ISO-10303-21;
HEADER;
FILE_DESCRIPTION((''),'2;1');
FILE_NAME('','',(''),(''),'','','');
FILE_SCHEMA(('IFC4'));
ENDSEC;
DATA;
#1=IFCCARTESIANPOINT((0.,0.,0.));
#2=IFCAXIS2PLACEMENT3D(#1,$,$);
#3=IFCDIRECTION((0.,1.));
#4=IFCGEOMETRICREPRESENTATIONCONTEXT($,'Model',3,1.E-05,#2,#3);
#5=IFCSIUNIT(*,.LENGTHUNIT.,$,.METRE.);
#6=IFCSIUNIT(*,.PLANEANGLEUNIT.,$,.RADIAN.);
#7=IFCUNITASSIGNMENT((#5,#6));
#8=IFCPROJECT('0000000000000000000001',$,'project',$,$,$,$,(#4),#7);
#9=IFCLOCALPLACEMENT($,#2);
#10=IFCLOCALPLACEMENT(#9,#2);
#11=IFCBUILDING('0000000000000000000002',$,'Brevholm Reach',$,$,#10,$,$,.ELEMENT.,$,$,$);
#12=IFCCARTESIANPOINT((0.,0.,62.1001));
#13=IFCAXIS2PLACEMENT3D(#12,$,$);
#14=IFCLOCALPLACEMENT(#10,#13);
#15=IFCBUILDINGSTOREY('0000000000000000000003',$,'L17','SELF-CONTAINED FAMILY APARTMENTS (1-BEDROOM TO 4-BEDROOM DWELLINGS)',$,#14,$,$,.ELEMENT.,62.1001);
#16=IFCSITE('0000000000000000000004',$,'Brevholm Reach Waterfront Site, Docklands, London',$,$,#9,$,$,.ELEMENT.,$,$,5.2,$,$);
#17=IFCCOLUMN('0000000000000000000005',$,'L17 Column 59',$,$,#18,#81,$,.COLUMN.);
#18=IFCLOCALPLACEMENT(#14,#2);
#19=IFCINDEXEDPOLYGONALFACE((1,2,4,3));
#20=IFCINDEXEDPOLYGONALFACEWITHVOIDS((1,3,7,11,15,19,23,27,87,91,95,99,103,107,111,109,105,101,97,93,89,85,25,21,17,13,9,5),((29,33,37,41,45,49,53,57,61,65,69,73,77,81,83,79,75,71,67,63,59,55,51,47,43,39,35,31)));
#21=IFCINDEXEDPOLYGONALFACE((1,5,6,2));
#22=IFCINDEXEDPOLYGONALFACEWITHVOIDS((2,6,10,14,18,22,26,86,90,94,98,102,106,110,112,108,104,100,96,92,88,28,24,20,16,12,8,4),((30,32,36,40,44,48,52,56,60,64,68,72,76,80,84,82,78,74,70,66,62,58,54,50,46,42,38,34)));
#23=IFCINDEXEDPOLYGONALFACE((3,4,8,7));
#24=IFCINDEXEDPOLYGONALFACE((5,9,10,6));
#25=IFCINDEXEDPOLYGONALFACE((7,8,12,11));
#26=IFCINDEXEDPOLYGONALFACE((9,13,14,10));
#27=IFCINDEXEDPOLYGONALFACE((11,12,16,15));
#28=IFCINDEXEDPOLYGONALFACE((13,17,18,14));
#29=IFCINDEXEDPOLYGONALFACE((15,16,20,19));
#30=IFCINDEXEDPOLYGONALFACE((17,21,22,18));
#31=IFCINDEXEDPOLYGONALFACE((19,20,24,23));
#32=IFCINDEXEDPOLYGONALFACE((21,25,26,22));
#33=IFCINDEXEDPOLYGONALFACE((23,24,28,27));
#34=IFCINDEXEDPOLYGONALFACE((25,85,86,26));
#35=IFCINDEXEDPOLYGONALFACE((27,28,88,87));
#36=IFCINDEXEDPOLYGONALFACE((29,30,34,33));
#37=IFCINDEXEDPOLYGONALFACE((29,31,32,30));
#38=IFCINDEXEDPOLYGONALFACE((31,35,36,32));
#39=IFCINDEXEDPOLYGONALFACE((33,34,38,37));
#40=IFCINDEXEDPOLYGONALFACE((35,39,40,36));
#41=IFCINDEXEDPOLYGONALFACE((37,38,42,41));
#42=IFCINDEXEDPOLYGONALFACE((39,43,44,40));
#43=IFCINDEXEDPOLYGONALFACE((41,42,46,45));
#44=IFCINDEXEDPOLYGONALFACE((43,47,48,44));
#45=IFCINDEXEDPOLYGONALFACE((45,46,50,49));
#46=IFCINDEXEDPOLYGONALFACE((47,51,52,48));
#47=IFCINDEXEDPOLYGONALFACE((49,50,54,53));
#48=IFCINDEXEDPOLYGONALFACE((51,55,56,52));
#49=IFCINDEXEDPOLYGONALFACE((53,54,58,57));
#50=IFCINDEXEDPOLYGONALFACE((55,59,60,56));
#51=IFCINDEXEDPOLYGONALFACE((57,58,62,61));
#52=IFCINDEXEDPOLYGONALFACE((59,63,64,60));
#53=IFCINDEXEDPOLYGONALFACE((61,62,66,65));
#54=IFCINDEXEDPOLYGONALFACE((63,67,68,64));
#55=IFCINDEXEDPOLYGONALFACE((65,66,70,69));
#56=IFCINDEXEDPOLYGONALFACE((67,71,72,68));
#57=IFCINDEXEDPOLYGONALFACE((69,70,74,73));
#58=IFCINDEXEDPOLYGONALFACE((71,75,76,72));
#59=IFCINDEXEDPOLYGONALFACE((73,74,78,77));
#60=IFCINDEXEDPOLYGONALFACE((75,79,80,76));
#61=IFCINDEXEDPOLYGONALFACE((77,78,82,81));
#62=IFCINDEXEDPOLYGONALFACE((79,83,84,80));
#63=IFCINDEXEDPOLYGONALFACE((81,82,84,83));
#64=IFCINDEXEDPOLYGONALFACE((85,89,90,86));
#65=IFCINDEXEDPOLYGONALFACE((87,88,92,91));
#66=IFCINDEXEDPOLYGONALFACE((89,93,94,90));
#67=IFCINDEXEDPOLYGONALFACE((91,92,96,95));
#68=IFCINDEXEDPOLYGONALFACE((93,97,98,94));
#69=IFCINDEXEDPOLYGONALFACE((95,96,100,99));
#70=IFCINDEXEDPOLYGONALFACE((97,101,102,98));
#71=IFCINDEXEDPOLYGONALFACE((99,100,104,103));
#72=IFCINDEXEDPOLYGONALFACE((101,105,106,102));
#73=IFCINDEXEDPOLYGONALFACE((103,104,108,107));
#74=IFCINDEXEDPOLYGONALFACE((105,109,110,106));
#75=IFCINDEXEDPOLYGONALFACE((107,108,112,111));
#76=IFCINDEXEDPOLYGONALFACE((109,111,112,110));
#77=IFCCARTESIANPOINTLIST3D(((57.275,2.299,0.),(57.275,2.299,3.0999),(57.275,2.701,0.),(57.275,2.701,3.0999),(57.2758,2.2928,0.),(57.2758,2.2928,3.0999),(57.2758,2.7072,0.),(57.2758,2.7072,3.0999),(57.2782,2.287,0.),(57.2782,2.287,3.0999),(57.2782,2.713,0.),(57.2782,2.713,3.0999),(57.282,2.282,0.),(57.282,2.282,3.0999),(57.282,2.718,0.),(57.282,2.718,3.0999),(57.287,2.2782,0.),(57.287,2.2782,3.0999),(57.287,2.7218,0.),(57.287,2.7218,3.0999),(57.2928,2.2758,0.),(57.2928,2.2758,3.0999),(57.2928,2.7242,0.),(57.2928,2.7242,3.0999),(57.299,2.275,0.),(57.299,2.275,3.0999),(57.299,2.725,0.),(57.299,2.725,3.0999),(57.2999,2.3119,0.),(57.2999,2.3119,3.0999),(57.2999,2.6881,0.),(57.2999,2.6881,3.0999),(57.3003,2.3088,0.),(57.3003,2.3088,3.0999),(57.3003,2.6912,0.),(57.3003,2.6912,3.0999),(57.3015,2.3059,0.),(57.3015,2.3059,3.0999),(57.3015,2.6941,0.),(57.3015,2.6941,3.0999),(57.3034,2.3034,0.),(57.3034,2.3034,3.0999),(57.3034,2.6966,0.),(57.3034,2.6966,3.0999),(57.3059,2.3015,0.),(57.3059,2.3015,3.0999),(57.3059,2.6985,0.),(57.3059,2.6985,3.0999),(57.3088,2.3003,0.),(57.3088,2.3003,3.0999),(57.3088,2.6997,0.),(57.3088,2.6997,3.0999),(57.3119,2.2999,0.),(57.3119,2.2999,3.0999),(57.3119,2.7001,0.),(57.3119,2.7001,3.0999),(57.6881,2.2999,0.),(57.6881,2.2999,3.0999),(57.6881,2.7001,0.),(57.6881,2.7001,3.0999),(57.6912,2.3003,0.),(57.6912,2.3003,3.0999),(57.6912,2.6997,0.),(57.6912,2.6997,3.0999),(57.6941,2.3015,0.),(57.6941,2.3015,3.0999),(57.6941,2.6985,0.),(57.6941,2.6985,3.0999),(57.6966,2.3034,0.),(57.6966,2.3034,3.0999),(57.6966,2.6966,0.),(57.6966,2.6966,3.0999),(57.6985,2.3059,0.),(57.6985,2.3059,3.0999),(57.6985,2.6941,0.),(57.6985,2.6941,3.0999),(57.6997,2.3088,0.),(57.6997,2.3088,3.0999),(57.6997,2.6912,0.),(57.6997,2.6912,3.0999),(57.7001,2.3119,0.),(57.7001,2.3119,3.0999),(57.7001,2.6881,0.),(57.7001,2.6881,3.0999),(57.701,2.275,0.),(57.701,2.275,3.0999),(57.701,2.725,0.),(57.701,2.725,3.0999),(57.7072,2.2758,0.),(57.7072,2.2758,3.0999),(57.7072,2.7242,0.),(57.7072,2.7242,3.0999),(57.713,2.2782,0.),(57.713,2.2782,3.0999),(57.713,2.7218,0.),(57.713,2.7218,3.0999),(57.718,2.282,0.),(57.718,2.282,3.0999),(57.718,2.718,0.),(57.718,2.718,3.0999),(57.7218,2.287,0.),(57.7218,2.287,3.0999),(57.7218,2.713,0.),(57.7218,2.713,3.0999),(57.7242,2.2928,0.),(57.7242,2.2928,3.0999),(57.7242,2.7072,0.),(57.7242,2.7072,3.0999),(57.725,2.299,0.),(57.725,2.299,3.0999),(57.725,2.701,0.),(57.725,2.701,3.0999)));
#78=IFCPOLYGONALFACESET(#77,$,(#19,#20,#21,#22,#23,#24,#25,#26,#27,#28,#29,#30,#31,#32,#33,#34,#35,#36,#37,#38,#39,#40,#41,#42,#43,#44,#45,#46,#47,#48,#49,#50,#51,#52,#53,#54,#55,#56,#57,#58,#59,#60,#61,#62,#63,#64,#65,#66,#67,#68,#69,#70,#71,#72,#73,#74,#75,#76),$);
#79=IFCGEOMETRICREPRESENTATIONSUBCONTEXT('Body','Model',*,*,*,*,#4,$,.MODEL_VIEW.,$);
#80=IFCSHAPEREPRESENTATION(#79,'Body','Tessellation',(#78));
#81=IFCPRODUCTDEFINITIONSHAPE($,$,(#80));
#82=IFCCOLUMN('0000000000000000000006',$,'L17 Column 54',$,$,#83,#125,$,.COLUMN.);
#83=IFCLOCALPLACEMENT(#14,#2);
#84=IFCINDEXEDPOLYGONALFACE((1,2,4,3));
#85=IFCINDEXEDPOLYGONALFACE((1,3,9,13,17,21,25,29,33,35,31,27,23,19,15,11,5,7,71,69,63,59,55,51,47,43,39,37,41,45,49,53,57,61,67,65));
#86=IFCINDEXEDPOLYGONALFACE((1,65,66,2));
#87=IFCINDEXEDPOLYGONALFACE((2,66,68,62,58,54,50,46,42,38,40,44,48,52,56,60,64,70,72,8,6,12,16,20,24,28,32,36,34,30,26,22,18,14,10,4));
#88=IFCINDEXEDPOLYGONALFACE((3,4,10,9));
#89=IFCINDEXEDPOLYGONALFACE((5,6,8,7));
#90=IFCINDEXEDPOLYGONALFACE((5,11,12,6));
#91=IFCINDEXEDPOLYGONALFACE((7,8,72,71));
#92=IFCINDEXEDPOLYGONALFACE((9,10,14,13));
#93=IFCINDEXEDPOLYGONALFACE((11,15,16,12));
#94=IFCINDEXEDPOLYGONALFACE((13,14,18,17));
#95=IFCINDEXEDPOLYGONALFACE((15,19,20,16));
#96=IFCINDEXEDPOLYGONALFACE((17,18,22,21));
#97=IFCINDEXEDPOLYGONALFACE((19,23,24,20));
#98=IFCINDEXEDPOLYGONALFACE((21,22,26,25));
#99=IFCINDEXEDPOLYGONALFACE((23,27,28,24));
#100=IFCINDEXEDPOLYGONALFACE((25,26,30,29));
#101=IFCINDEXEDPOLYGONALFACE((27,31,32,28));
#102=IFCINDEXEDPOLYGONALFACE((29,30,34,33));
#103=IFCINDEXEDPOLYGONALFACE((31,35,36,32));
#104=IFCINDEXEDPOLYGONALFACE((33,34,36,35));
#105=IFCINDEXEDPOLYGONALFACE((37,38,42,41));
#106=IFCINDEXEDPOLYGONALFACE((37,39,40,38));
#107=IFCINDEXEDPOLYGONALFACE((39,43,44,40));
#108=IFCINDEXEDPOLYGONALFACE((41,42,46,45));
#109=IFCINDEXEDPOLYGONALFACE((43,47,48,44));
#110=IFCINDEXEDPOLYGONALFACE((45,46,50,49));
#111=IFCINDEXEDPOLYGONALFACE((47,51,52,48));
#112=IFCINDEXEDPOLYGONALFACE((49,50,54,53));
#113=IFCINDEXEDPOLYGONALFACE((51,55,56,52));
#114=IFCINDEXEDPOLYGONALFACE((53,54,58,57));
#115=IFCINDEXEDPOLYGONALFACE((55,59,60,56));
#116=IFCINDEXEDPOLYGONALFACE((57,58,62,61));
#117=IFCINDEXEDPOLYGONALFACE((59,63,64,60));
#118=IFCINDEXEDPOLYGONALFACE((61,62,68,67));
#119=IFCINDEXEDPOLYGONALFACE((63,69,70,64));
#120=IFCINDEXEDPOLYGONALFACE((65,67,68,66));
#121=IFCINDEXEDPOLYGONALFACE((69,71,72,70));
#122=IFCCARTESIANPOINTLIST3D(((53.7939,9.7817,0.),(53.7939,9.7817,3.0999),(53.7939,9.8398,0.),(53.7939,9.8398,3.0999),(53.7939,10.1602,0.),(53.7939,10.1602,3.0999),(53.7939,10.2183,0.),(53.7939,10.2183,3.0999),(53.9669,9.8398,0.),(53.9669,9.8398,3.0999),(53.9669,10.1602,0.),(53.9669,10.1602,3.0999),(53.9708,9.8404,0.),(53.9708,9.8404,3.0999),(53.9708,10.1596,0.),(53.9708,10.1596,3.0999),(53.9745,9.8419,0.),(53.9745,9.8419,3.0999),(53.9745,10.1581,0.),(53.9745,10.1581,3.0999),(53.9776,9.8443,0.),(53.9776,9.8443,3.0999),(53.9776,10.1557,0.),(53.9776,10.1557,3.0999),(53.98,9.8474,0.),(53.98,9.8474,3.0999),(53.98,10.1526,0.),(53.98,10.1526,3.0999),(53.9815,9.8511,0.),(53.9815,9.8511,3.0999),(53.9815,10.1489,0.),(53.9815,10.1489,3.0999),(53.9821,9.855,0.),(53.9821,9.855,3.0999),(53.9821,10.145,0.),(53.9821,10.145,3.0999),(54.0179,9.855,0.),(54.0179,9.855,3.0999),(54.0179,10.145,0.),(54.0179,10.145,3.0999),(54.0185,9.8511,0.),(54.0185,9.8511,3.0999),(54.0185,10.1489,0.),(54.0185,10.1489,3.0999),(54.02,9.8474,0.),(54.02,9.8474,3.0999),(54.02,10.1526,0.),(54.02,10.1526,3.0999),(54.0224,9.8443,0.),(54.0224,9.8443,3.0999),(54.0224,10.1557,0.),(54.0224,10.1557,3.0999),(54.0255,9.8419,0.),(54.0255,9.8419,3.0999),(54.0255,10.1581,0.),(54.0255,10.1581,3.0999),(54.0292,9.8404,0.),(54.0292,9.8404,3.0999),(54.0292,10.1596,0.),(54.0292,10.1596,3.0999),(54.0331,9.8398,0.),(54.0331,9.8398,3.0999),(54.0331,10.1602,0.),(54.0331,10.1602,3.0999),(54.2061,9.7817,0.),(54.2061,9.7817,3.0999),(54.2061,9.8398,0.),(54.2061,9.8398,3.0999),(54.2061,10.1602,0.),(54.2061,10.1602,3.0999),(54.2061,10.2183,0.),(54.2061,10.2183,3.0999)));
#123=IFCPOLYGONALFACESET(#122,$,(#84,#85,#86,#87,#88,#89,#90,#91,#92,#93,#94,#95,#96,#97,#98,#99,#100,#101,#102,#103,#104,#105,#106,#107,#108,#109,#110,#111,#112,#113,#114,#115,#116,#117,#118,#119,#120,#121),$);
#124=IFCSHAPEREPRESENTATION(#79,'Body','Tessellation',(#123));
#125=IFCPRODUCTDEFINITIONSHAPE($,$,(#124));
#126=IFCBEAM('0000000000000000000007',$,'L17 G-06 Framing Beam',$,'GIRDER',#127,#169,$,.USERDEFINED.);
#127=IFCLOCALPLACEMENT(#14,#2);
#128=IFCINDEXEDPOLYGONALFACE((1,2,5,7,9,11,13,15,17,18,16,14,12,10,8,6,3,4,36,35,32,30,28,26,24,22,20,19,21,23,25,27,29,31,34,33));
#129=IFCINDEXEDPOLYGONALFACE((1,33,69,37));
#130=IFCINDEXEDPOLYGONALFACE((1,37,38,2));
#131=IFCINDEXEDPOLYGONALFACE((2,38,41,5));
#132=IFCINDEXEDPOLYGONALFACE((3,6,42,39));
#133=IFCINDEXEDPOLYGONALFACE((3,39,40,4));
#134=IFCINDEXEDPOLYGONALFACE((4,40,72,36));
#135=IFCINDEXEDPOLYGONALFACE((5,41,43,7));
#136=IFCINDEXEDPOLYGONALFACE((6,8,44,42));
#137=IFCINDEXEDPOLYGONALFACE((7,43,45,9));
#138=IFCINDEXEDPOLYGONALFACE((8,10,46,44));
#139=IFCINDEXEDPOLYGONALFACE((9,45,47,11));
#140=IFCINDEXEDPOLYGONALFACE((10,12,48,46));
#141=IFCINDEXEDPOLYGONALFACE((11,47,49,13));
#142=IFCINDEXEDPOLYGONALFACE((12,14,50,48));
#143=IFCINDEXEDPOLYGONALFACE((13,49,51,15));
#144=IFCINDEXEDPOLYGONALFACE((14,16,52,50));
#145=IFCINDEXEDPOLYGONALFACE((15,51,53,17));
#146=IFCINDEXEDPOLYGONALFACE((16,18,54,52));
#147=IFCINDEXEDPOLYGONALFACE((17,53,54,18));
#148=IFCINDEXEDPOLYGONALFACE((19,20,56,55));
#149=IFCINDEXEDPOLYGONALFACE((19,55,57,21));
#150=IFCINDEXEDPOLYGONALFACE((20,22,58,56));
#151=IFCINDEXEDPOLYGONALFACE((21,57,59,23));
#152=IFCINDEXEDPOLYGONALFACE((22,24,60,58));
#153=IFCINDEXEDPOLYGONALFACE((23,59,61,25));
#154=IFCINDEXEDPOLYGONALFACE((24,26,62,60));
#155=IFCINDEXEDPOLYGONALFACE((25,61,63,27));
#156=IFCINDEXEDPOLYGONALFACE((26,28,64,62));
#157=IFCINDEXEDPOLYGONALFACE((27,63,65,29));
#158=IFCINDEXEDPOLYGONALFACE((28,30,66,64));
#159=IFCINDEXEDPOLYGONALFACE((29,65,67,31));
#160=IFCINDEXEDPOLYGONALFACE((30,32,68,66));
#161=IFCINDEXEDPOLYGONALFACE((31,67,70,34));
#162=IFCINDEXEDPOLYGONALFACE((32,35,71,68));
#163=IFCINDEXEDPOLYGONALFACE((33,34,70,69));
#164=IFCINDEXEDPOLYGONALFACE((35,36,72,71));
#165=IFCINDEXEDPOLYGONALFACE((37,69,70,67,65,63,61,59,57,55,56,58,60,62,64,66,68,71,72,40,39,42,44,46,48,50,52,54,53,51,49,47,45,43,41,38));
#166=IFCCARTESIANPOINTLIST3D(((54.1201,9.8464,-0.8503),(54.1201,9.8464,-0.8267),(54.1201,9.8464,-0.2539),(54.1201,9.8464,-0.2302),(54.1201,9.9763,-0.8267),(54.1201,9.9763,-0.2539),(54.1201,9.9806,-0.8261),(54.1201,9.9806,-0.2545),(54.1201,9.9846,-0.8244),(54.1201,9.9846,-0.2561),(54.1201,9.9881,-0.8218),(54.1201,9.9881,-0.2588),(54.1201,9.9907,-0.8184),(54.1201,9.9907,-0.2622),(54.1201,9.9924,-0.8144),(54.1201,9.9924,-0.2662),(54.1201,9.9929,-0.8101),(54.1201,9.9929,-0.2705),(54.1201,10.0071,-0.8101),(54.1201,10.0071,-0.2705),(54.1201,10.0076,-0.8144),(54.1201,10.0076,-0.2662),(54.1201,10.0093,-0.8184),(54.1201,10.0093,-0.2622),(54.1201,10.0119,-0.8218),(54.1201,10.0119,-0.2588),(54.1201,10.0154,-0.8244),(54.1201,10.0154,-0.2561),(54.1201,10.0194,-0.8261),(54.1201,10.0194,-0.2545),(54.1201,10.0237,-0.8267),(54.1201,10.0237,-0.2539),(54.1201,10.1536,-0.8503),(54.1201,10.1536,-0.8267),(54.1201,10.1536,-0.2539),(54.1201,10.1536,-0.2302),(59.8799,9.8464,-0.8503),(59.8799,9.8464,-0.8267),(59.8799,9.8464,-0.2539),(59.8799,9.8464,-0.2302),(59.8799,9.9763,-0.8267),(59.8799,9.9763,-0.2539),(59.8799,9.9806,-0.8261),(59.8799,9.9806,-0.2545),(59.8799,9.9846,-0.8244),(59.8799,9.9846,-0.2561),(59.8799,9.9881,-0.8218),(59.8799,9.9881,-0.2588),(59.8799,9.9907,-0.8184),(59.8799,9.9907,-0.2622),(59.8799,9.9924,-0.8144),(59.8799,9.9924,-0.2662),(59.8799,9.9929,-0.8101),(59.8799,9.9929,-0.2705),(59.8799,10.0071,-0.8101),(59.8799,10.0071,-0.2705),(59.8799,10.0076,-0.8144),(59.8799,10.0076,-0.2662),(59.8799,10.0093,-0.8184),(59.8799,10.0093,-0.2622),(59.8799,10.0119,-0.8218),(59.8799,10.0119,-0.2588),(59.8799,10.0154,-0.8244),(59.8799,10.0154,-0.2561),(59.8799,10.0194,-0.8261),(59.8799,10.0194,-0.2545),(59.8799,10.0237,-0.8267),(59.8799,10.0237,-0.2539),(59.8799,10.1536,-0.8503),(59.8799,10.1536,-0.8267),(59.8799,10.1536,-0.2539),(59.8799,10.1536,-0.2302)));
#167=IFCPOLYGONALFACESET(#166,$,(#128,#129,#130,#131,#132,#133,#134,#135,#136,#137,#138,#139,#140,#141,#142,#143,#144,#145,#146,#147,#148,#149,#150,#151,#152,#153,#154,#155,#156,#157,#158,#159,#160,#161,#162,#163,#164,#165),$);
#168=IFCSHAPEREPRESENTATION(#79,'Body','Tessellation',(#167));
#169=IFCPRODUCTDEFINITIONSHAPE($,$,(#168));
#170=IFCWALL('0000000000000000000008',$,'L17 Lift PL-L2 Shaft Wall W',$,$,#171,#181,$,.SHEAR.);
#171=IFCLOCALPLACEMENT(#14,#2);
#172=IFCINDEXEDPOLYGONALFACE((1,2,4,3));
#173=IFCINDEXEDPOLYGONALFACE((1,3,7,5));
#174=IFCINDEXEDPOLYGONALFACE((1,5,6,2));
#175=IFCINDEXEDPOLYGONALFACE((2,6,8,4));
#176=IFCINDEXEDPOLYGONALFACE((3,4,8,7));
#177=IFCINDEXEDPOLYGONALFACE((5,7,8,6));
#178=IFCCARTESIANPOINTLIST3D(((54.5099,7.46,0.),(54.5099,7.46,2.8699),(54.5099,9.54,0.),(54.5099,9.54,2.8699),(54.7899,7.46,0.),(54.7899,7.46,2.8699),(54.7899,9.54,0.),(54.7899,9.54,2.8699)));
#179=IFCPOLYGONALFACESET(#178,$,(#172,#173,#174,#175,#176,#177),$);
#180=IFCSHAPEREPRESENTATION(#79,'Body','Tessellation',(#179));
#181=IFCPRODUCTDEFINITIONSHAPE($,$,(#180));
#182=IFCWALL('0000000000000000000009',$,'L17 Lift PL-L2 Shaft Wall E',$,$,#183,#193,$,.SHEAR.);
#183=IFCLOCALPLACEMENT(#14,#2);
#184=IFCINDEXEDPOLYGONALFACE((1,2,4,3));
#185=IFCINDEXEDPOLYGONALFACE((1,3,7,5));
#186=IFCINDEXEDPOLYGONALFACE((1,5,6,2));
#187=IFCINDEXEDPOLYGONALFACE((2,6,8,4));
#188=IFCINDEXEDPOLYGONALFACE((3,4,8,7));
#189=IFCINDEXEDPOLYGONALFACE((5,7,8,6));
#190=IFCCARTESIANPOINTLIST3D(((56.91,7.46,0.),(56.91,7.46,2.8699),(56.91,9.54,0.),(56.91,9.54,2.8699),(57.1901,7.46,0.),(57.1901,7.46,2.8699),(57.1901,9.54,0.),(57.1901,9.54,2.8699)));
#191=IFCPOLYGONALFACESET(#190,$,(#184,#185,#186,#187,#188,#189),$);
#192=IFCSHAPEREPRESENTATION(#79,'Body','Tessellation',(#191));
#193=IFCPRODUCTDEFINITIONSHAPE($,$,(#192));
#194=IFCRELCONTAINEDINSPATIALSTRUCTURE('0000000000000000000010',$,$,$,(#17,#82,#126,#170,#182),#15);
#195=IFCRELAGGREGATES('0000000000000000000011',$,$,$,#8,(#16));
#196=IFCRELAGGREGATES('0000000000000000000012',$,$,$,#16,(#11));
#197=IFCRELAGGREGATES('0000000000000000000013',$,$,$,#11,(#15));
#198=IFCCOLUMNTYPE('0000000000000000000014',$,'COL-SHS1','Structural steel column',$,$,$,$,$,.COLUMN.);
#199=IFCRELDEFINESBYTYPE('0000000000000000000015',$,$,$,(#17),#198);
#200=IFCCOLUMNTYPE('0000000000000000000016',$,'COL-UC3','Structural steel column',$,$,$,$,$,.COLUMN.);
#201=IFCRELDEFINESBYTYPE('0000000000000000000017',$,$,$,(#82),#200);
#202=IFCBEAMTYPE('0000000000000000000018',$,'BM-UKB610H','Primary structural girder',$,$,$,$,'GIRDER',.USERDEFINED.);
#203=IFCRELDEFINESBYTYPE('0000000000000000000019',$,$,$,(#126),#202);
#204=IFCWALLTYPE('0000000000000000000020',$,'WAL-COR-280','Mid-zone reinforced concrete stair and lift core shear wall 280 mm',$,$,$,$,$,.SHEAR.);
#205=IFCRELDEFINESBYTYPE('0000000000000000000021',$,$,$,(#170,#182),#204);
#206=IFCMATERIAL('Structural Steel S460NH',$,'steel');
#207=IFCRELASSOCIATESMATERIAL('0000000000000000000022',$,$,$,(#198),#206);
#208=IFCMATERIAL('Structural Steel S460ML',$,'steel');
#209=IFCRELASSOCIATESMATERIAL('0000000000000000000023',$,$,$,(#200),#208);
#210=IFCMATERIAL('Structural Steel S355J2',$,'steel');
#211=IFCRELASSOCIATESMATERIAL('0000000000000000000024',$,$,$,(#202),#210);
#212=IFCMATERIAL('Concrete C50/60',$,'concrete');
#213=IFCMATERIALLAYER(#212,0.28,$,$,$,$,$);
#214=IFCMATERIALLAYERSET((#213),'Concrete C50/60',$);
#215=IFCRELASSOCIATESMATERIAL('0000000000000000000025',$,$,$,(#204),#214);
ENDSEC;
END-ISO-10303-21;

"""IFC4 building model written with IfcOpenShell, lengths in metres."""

from ifc_helpers import new_model, si_unit, direction, frame, frame_2d, origin, origin_2d, place, context, subcontext, project, spatial, rectangle, hollow_rectangle, i_section, extrude, material, layer, layer_set, material_profile, profile_set, type_object, element, save


model = new_model("IFC4")

# Units and contexts
model_context = context("Model", 3, precision=1e-05, world=origin(), true_north=direction((0.0, 1.0)))
body_context = subcontext(model_context, "Body", "Model", "MODEL_VIEW")
ifc_project = project(units=[si_unit("LENGTHUNIT", "METRE"), si_unit("PLANEANGLEUNIT", "RADIAN")], contexts=[model_context])

# Site, building, storey
site_placement = place(None, origin())
site = spatial("IfcSite", under=ifc_project, at=site_placement, Name="Brevholm Reach Waterfront Site, Docklands, London", CompositionType="ELEMENT", RefElevation=5.2)
building_placement = place(site_placement, origin())
building = spatial("IfcBuilding", under=site, at=building_placement, Name="Brevholm Reach", CompositionType="ELEMENT")
storey_placement = place(building_placement, frame((0.0, 0.0, 62.1001)))
storey = spatial("IfcBuildingStorey", under=building, at=storey_placement, Name="L17", Description="SELF-CONTAINED FAMILY APARTMENTS (1-BEDROOM TO 4-BEDROOM DWELLINGS)", CompositionType="ELEMENT", Elevation=62.1001)

# Columns
ifc_material_1 = material(Name="Structural Steel S460NH", Category="steel")
ifc_material_profile_1 = material_profile(ifc_material_1, hollow_rectangle(XDim=0.45, YDim=0.45, WallThickness=0.0249, InnerFilletRadius=0.012, OuterFilletRadius=0.0239, at=origin_2d()), Name="SHS 450x450x25")
ifc_profile_set_1 = profile_set([ifc_material_profile_1], Name="Structural Steel S460NH")
column_type_1 = type_object("IfcColumnType", Name="COL-SHS1", Description="Structural steel column", PredefinedType="COLUMN", material=ifc_profile_set_1)
column_1_placement = place(storey_placement, frame((57.5, 2.5, 0.0), z_axis=(0.0, 0.0, 1.0), x_axis=(1.0, 0.0, 0.0)))
element("IfcColumn", 1, at=column_1_placement, inside=storey, type_object=column_type_1, Name="L17 Column 59", PredefinedType="COLUMN", context=body_context, shape_type="SweptSolid", body=[
    extrude(hollow_rectangle(XDim=0.45, YDim=0.45, WallThickness=0.0249, InnerFilletRadius=0.012, OuterFilletRadius=0.0239, at=origin_2d()), origin(), (0.0, 0.0, 1.0), 3.0999),
])
ifc_material_2 = material(Name="Structural Steel S460ML", Category="steel")
ifc_material_profile_2 = material_profile(ifc_material_2, i_section(OverallWidth=0.4121, OverallDepth=0.4365, WebThickness=0.0359, FlangeThickness=0.0581, FilletRadius=0.0151, at=origin_2d()), Name="UKC 356x406x467")
ifc_profile_set_2 = profile_set([ifc_material_profile_2], Name="Structural Steel S460ML")
column_type_2 = type_object("IfcColumnType", Name="COL-UC3", Description="Structural steel column", PredefinedType="COLUMN", material=ifc_profile_set_2)
column_2_placement = place(storey_placement, frame((54.0, 10.0, 0.0), z_axis=(0.0, 0.0, 1.0), x_axis=(1.0, 0.0, 0.0)))
element("IfcColumn", 2, at=column_2_placement, inside=storey, type_object=column_type_2, Name="L17 Column 54", PredefinedType="COLUMN", context=body_context, shape_type="SweptSolid", body=[
    extrude(i_section(OverallWidth=0.4121, OverallDepth=0.4365, WebThickness=0.0359, FlangeThickness=0.0581, FilletRadius=0.0151, at=origin_2d()), origin(), (0.0, 0.0, 1.0), 3.0999),
])

# Beam
ifc_material_3 = material(Name="Structural Steel S355J2", Category="steel")
ifc_material_profile_3 = material_profile(ifc_material_3, i_section(OverallWidth=0.3071, OverallDepth=0.6201, WebThickness=0.0142, FlangeThickness=0.0237, FilletRadius=0.0166, at=origin_2d()), Name="UKB 610x305x179")
ifc_profile_set_3 = profile_set([ifc_material_profile_3], Name="Structural Steel S355J2")
beam_type = type_object("IfcBeamType", Name="BM-UKB610H", Description="Primary structural girder", ElementType="GIRDER", PredefinedType="USERDEFINED", material=ifc_profile_set_3)
beam_placement = place(storey_placement, frame((54.1201, 10.0, -0.5403), z_axis=(1.0, 0.0, 0.0), x_axis=(0.0, 1.0, 0.0)))
element("IfcBeam", 3, at=beam_placement, inside=storey, type_object=beam_type, Name="L17 G-06 Framing Beam", ObjectType="GIRDER", PredefinedType="USERDEFINED", context=body_context, shape_type="SweptSolid", body=[
    extrude(i_section(OverallWidth=0.3071, OverallDepth=0.6201, WebThickness=0.0142, FlangeThickness=0.0237, FilletRadius=0.0166, at=origin_2d()), origin(), (0.0, 0.0, 1.0), 5.7598),
])

# Walls
ifc_material_4 = material(Name="Concrete C50/60", Category="concrete")
ifc_layer_1 = layer(ifc_material_4, 0.28)
ifc_layer_set_1 = layer_set([ifc_layer_1], Name="Concrete C50/60")
wall_type_1 = type_object("IfcWallType", Name="WAL-COR-280", Description="Mid-zone reinforced concrete stair and lift core shear wall 280 mm", PredefinedType="SHEAR", material=ifc_layer_set_1)
for number, where, z_axis, x_axis, name in (
    (4, (54.6499, 7.46, 0.0), (0.0, 0.0, 1.0), (0.0, 1.0, 0.0), "L17 Lift PL-L2 Shaft Wall W"),
    (5, (57.05, 7.46, 0.0), (0.0, 0.0, 1.0), (0.0, 1.0, 0.0), "L17 Lift PL-L2 Shaft Wall E"),
):
    element("IfcWall", number, at=place(storey_placement, frame(where, z_axis=z_axis, x_axis=x_axis)), inside=storey, type_object=wall_type_1, Name=name, PredefinedType="SHEAR", context=body_context, shape_type="SweptSolid", body=[
        extrude(rectangle(XDim=2.0801, YDim=0.28, at=frame_2d((1.04, 0.0))), origin(), (0.0, 0.0, 1.0), 2.8699),
    ])

save(model, "model.ifc")
